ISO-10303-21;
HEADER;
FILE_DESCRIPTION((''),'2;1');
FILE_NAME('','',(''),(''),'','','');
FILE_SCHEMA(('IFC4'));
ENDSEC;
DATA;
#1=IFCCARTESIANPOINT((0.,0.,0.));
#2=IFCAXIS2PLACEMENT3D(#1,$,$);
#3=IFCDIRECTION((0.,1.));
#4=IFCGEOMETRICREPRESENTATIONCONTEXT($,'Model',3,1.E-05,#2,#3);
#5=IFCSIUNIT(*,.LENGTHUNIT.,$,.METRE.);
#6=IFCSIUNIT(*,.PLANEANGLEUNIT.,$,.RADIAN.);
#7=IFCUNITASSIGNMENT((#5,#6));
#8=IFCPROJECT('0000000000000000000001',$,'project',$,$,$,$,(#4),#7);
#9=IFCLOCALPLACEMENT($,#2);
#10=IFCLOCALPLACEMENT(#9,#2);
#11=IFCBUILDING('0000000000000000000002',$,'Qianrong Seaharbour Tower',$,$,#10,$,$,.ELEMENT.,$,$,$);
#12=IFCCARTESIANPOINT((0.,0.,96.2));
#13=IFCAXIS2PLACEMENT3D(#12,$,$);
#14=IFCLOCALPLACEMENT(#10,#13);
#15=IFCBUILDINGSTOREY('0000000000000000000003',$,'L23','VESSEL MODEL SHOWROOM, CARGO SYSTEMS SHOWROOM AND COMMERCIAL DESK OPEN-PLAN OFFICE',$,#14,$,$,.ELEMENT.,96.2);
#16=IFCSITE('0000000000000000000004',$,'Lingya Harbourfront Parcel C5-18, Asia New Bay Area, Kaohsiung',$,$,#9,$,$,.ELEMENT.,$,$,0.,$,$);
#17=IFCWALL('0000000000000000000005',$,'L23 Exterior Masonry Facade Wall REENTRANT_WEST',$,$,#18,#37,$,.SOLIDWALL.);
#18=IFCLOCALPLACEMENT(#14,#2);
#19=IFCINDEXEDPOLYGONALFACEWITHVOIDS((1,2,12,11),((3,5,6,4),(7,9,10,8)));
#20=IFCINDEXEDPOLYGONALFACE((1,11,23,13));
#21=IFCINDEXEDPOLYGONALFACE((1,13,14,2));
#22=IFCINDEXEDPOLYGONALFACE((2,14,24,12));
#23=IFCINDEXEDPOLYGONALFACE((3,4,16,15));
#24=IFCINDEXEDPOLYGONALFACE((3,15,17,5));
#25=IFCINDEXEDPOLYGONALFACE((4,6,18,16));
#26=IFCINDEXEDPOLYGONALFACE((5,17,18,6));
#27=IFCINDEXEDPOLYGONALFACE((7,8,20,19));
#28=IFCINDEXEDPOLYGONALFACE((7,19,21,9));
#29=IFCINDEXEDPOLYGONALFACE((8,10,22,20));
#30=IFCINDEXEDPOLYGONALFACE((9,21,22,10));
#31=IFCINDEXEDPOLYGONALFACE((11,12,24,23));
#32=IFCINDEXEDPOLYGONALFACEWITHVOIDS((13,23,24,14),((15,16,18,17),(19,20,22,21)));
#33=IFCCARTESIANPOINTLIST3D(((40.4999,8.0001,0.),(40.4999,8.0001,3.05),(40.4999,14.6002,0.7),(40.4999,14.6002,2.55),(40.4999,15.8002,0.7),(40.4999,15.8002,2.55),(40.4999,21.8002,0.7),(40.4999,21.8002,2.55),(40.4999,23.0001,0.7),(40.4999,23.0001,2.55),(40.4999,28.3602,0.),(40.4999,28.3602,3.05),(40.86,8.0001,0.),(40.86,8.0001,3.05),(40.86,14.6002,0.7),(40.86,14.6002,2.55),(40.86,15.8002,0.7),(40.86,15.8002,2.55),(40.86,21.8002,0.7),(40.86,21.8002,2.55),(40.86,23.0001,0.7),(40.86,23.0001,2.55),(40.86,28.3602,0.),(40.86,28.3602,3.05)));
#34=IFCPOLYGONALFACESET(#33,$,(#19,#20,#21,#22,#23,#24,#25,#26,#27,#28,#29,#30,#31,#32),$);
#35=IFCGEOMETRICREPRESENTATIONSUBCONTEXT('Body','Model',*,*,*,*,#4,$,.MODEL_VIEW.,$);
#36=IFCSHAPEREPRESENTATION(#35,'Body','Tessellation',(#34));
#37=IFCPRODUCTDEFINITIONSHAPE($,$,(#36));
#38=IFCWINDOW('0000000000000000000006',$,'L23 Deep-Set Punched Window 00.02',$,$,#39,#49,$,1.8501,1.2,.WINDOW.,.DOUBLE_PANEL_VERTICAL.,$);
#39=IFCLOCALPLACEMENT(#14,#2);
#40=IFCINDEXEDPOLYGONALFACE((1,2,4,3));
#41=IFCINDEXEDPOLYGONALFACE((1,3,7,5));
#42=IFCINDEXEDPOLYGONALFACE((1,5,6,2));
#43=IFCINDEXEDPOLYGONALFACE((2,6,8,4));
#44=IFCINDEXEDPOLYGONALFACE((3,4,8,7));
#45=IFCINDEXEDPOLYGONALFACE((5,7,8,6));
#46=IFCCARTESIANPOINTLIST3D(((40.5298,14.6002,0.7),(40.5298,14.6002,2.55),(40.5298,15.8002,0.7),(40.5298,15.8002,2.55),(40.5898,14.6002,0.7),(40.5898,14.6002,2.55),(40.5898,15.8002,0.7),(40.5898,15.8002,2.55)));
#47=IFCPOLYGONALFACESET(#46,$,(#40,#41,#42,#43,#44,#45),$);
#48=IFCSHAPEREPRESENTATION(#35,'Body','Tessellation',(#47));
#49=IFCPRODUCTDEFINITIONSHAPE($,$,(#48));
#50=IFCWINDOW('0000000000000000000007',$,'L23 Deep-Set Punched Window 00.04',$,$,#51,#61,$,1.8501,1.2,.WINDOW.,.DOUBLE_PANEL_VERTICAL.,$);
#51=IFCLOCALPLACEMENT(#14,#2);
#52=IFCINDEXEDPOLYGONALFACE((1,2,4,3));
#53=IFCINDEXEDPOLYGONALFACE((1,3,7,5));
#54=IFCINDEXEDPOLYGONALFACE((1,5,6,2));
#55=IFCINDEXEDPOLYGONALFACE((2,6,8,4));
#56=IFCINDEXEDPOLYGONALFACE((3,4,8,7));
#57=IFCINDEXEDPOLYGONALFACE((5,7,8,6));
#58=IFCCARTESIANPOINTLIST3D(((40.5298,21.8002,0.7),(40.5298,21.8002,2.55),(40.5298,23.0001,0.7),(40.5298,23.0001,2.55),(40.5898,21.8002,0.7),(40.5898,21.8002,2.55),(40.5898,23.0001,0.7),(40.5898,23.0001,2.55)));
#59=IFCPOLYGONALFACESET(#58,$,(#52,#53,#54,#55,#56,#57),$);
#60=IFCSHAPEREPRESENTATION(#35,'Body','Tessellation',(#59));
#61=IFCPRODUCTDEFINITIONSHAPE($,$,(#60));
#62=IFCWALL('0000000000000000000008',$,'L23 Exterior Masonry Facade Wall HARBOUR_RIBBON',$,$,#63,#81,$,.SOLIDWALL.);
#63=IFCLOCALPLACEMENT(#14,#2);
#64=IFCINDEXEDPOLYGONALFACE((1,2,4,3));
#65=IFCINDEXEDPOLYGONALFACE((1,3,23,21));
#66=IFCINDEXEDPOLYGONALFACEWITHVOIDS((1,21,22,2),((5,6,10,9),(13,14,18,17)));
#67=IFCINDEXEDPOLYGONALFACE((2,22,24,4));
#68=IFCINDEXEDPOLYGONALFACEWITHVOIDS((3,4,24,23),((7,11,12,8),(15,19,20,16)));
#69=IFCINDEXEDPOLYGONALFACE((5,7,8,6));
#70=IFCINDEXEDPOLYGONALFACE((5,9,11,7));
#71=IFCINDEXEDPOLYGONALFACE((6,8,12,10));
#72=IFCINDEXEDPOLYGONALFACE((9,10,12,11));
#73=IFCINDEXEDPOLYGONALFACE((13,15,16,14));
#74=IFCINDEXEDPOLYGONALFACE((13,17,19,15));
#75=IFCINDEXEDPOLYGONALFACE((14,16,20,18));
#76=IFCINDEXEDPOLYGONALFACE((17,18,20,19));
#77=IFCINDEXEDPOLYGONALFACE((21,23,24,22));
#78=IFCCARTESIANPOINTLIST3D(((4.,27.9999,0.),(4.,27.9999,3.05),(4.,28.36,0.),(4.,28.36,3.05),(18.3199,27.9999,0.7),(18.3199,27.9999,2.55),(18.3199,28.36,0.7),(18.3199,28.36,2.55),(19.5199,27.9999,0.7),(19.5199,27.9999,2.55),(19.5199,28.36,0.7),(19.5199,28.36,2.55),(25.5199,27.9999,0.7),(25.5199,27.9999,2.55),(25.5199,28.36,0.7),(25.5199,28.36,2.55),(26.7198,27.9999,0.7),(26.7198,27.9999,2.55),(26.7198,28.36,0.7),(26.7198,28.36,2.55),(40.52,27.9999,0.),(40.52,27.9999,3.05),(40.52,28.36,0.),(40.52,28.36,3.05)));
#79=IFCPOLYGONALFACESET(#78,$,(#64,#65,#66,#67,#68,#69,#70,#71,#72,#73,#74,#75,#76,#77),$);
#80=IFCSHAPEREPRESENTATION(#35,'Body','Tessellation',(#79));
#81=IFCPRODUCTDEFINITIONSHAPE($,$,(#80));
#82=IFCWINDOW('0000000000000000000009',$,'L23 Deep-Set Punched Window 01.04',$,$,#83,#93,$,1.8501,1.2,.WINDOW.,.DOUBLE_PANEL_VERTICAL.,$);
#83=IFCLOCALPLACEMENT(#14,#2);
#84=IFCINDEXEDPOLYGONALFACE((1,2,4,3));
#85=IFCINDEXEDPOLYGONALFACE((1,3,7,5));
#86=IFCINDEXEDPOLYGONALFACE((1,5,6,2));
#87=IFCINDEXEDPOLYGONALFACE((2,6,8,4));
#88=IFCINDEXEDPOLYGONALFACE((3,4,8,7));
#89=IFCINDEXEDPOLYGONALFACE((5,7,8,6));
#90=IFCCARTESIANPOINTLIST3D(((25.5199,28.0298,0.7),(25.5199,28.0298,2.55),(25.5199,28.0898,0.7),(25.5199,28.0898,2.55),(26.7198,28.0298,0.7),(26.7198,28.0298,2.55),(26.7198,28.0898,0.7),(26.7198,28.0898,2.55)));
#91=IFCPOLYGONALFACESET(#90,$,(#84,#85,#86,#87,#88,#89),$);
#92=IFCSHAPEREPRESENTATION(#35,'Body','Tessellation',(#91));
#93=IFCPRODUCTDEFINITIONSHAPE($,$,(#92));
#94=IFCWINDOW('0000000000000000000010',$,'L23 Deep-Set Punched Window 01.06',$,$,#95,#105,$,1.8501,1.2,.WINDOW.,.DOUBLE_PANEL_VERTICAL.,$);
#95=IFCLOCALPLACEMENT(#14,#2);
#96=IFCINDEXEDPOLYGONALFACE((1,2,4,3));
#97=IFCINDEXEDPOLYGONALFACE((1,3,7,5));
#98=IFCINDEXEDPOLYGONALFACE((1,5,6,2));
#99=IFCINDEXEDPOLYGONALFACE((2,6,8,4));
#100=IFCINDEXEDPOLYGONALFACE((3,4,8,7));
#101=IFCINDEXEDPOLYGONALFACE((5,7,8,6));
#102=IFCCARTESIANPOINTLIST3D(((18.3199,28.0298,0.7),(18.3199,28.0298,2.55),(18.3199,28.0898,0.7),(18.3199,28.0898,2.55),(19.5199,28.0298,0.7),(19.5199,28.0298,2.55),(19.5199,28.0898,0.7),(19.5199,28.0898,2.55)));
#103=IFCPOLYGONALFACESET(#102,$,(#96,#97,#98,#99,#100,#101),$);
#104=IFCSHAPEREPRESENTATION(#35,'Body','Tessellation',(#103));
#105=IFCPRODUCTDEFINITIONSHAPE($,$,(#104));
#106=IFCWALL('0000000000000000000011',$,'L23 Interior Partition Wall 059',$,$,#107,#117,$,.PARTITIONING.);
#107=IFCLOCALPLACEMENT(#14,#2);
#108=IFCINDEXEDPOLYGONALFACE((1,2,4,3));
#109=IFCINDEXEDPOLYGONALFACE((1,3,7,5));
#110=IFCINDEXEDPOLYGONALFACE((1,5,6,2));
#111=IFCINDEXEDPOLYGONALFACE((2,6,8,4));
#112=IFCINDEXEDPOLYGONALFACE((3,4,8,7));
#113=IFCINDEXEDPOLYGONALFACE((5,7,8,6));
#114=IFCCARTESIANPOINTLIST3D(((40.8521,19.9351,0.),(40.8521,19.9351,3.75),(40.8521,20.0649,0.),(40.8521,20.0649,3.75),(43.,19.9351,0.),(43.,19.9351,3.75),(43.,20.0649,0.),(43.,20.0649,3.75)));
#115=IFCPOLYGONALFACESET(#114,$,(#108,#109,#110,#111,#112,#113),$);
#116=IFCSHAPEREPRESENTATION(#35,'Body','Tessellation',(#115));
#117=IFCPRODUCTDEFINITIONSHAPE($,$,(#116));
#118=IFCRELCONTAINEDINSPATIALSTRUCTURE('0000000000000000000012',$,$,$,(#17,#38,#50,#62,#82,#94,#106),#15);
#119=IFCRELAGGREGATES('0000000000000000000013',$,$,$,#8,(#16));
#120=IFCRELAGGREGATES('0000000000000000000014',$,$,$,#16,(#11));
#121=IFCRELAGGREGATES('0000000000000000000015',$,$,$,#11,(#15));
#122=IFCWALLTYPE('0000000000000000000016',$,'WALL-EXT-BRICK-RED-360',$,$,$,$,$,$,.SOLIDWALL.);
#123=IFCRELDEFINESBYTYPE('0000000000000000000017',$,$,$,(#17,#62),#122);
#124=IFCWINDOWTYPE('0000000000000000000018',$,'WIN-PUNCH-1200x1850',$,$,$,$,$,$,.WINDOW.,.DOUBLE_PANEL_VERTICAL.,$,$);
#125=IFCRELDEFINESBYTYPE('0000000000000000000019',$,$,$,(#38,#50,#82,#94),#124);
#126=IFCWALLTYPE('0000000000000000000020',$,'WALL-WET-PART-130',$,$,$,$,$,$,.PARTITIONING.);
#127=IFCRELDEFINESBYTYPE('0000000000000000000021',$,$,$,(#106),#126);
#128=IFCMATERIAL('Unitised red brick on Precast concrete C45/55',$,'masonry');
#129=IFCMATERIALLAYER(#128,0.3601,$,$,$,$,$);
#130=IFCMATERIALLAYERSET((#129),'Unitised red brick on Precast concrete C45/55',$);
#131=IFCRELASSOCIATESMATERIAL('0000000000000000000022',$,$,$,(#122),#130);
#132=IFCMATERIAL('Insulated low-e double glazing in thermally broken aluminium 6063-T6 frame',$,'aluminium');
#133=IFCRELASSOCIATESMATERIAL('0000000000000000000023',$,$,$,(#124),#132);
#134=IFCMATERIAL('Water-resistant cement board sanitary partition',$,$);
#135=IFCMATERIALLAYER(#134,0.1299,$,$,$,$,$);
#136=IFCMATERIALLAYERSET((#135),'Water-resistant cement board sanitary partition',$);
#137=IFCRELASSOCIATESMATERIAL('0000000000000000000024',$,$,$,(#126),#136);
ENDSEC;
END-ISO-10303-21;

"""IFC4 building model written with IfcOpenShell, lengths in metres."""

from ifc_helpers import new_model, si_unit, direction, frame, frame_2d, origin, place, context, subcontext, project, spatial, rectangle, extrude, material, layer, layer_set, type_object, element, fill, save


model = new_model("IFC4")

# Units and contexts
model_context = context("Model", 3, precision=1e-05, world=origin(), true_north=direction((0.0, 1.0)))
body_context = subcontext(model_context, "Body", "Model", "MODEL_VIEW")
ifc_project = project(units=[si_unit("LENGTHUNIT", "METRE"), si_unit("PLANEANGLEUNIT", "RADIAN")], contexts=[model_context])

# Site, building, storey
site_placement = place(None, origin())
site = spatial("IfcSite", under=ifc_project, at=site_placement, Name="Lingya Harbourfront Parcel C5-18, Asia New Bay Area, Kaohsiung", CompositionType="ELEMENT", RefElevation=0.0)
building_placement = place(site_placement, origin())
building = spatial("IfcBuilding", under=site, at=building_placement, Name="Qianrong Seaharbour Tower", CompositionType="ELEMENT")
storey_placement = place(building_placement, frame((0.0, 0.0, 96.2)))
storey = spatial("IfcBuildingStorey", under=building, at=storey_placement, Name="L23", Description="VESSEL MODEL SHOWROOM, CARGO SYSTEMS SHOWROOM AND COMMERCIAL DESK OPEN-PLAN OFFICE", CompositionType="ELEMENT", Elevation=96.2)

# Walls, openings, windows
ifc_material_1 = material(Name="Unitised red brick on Precast concrete C45/55", Category="masonry")
ifc_layer_1 = layer(ifc_material_1, 0.3601)
ifc_layer_set_1 = layer_set([ifc_layer_1], Name="Unitised red brick on Precast concrete C45/55")
wall_type_1 = type_object("IfcWallType", Name="WALL-EXT-BRICK-RED-360", PredefinedType="SOLIDWALL", material=ifc_layer_set_1)
wall_1_placement = place(storey_placement, frame((40.6799, 8.0, 0.0), z_axis=(0.0, 0.0, 1.0), x_axis=(0.0, 1.0, 0.0)))
wall_1 = element("IfcWall", 1, at=wall_1_placement, inside=storey, type_object=wall_type_1, Name="L23 Exterior Masonry Facade Wall REENTRANT_WEST", PredefinedType="SOLIDWALL", context=body_context, shape_type="SweptSolid", body=[
    extrude(rectangle(XDim=20.3601, YDim=0.3601, at=frame_2d((10.1802, 0.0))), origin(), (0.0, 0.0, 1.0), 3.05),
])
opening_1_placement = place(wall_1_placement, frame((6.6001, 0.0, 0.7)))
opening_1 = element("IfcOpeningElement", 2, at=opening_1_placement, cuts=wall_1, PredefinedType="OPENING", context=body_context, shape_type="SweptSolid", body=[
    extrude(rectangle(XDim=1.2, YDim=1.8501, at=frame_2d((0.6001, 0.925))), frame((0.0, 0.1899, 0.0), z_axis=(0.0, -1.0, 0.0), x_axis=(1.0, 0.0, 0.0)), (0.0, 0.0, 1.0), 0.3801),
])
opening_2_placement = place(wall_1_placement, frame((13.8, 0.0, 0.7)))
opening_2 = element("IfcOpeningElement", 3, at=opening_2_placement, cuts=wall_1, PredefinedType="OPENING", context=body_context, shape_type="SweptSolid", body=[
    extrude(rectangle(XDim=1.2, YDim=1.8501, at=frame_2d((0.6001, 0.925))), frame((0.0, 0.1899, 0.0), z_axis=(0.0, -1.0, 0.0), x_axis=(1.0, 0.0, 0.0)), (0.0, 0.0, 1.0), 0.3801),
])
ifc_material_2 = material(Name="Insulated low-e double glazing in thermally broken aluminium 6063-T6 frame", Category="aluminium")
window_type = type_object("IfcWindowType", Name="WIN-PUNCH-1200x1850", PartitioningType="DOUBLE_PANEL_VERTICAL", PredefinedType="WINDOW", material=ifc_material_2)
window_1_placement = place(opening_1_placement, origin())
window_1 = element("IfcWindow", 4, at=window_1_placement, inside=storey, type_object=window_type, Name="L23 Deep-Set Punched Window 00.02", OverallHeight=1.8501, OverallWidth=1.2, PartitioningType="DOUBLE_PANEL_VERTICAL", PredefinedType="WINDOW", context=body_context, shape_type="SweptSolid", body=[
    extrude(rectangle(XDim=1.2, YDim=1.8501, at=frame_2d((0.6001, 0.925))), frame((0.0, 0.1501, 0.0), z_axis=(0.0, -1.0, 0.0), x_axis=(1.0, 0.0, 0.0)), (0.0, 0.0, 1.0), 0.0601),
])
fill(opening_1, window_1)
window_2_placement = place(opening_2_placement, origin())
window_2 = element("IfcWindow", 5, at=window_2_placement, inside=storey, type_object=window_type, Name="L23 Deep-Set Punched Window 00.04", OverallHeight=1.8501, OverallWidth=1.2, PartitioningType="DOUBLE_PANEL_VERTICAL", PredefinedType="WINDOW", context=body_context, shape_type="SweptSolid", body=[
    extrude(rectangle(XDim=1.2, YDim=1.8501, at=frame_2d((0.6001, 0.925))), frame((0.0, 0.1501, 0.0), z_axis=(0.0, -1.0, 0.0), x_axis=(1.0, 0.0, 0.0)), (0.0, 0.0, 1.0), 0.0601),
])
fill(opening_2, window_2)
wall_2_placement = place(storey_placement, frame((40.52, 28.1799, 0.0), z_axis=(0.0, 0.0, 1.0), x_axis=(-1.0, 0.0, 0.0)))
wall_2 = element("IfcWall", 6, at=wall_2_placement, inside=storey, type_object=wall_type_1, Name="L23 Exterior Masonry Facade Wall HARBOUR_RIBBON", PredefinedType="SOLIDWALL", context=body_context, shape_type="SweptSolid", body=[
    extrude(rectangle(XDim=36.52, YDim=0.3601, at=frame_2d((18.26, 0.0))), origin(), (0.0, 0.0, 1.0), 3.05),
])
opening_3_placement = place(wall_2_placement, frame((13.8, 0.0, 0.7)))
opening_3 = element("IfcOpeningElement", 7, at=opening_3_placement, cuts=wall_2, PredefinedType="OPENING", context=body_context, shape_type="SweptSolid", body=[
    extrude(rectangle(XDim=1.2, YDim=1.8501, at=frame_2d((0.6001, 0.925))), frame((0.0, 0.1899, 0.0), z_axis=(0.0, -1.0, 0.0), x_axis=(1.0, 0.0, 0.0)), (0.0, 0.0, 1.0), 0.3801),
])
opening_4_placement = place(wall_2_placement, frame((21.0, 0.0, 0.7)))
opening_4 = element("IfcOpeningElement", 8, at=opening_4_placement, cuts=wall_2, PredefinedType="OPENING", context=body_context, shape_type="SweptSolid", body=[
    extrude(rectangle(XDim=1.2, YDim=1.8501, at=frame_2d((0.6001, 0.925))), frame((0.0, 0.1899, 0.0), z_axis=(0.0, -1.0, 0.0), x_axis=(1.0, 0.0, 0.0)), (0.0, 0.0, 1.0), 0.3801),
])
window_3_placement = place(opening_3_placement, origin())
window_3 = element("IfcWindow", 9, at=window_3_placement, inside=storey, type_object=window_type, Name="L23 Deep-Set Punched Window 01.04", OverallHeight=1.8501, OverallWidth=1.2, PartitioningType="DOUBLE_PANEL_VERTICAL", PredefinedType="WINDOW", context=body_context, shape_type="SweptSolid", body=[
    extrude(rectangle(XDim=1.2, YDim=1.8501, at=frame_2d((0.6001, 0.925))), frame((0.0, 0.1501, 0.0), z_axis=(0.0, -1.0, 0.0), x_axis=(1.0, 0.0, 0.0)), (0.0, 0.0, 1.0), 0.0601),
])
fill(opening_3, window_3)
window_4_placement = place(opening_4_placement, origin())
window_4 = element("IfcWindow", 10, at=window_4_placement, inside=storey, type_object=window_type, Name="L23 Deep-Set Punched Window 01.06", OverallHeight=1.8501, OverallWidth=1.2, PartitioningType="DOUBLE_PANEL_VERTICAL", PredefinedType="WINDOW", context=body_context, shape_type="SweptSolid", body=[
    extrude(rectangle(XDim=1.2, YDim=1.8501, at=frame_2d((0.6001, 0.925))), frame((0.0, 0.1501, 0.0), z_axis=(0.0, -1.0, 0.0), x_axis=(1.0, 0.0, 0.0)), (0.0, 0.0, 1.0), 0.0601),
])
fill(opening_4, window_4)

# Wall
ifc_material_3 = material(Name="Water-resistant cement board sanitary partition")
ifc_layer_2 = layer(ifc_material_3, 0.1299)
ifc_layer_set_2 = layer_set([ifc_layer_2], Name="Water-resistant cement board sanitary partition")
wall_type_2 = type_object("IfcWallType", Name="WALL-WET-PART-130", PredefinedType="PARTITIONING", material=ifc_layer_set_2)
wall_3_placement = place(storey_placement, frame((40.8521, 20.0, 0.0), z_axis=(0.0, 0.0, 1.0), x_axis=(1.0, 0.0, 0.0)))
element("IfcWall", 11, at=wall_3_placement, inside=storey, type_object=wall_type_2, Name="L23 Interior Partition Wall 059", PredefinedType="PARTITIONING", context=body_context, shape_type="SweptSolid", body=[
    extrude(rectangle(XDim=2.1479, YDim=0.1299, at=frame_2d((1.074, 0.0))), origin(), (0.0, 0.0, 1.0), 3.75),
])

save(model, "model.ifc")
